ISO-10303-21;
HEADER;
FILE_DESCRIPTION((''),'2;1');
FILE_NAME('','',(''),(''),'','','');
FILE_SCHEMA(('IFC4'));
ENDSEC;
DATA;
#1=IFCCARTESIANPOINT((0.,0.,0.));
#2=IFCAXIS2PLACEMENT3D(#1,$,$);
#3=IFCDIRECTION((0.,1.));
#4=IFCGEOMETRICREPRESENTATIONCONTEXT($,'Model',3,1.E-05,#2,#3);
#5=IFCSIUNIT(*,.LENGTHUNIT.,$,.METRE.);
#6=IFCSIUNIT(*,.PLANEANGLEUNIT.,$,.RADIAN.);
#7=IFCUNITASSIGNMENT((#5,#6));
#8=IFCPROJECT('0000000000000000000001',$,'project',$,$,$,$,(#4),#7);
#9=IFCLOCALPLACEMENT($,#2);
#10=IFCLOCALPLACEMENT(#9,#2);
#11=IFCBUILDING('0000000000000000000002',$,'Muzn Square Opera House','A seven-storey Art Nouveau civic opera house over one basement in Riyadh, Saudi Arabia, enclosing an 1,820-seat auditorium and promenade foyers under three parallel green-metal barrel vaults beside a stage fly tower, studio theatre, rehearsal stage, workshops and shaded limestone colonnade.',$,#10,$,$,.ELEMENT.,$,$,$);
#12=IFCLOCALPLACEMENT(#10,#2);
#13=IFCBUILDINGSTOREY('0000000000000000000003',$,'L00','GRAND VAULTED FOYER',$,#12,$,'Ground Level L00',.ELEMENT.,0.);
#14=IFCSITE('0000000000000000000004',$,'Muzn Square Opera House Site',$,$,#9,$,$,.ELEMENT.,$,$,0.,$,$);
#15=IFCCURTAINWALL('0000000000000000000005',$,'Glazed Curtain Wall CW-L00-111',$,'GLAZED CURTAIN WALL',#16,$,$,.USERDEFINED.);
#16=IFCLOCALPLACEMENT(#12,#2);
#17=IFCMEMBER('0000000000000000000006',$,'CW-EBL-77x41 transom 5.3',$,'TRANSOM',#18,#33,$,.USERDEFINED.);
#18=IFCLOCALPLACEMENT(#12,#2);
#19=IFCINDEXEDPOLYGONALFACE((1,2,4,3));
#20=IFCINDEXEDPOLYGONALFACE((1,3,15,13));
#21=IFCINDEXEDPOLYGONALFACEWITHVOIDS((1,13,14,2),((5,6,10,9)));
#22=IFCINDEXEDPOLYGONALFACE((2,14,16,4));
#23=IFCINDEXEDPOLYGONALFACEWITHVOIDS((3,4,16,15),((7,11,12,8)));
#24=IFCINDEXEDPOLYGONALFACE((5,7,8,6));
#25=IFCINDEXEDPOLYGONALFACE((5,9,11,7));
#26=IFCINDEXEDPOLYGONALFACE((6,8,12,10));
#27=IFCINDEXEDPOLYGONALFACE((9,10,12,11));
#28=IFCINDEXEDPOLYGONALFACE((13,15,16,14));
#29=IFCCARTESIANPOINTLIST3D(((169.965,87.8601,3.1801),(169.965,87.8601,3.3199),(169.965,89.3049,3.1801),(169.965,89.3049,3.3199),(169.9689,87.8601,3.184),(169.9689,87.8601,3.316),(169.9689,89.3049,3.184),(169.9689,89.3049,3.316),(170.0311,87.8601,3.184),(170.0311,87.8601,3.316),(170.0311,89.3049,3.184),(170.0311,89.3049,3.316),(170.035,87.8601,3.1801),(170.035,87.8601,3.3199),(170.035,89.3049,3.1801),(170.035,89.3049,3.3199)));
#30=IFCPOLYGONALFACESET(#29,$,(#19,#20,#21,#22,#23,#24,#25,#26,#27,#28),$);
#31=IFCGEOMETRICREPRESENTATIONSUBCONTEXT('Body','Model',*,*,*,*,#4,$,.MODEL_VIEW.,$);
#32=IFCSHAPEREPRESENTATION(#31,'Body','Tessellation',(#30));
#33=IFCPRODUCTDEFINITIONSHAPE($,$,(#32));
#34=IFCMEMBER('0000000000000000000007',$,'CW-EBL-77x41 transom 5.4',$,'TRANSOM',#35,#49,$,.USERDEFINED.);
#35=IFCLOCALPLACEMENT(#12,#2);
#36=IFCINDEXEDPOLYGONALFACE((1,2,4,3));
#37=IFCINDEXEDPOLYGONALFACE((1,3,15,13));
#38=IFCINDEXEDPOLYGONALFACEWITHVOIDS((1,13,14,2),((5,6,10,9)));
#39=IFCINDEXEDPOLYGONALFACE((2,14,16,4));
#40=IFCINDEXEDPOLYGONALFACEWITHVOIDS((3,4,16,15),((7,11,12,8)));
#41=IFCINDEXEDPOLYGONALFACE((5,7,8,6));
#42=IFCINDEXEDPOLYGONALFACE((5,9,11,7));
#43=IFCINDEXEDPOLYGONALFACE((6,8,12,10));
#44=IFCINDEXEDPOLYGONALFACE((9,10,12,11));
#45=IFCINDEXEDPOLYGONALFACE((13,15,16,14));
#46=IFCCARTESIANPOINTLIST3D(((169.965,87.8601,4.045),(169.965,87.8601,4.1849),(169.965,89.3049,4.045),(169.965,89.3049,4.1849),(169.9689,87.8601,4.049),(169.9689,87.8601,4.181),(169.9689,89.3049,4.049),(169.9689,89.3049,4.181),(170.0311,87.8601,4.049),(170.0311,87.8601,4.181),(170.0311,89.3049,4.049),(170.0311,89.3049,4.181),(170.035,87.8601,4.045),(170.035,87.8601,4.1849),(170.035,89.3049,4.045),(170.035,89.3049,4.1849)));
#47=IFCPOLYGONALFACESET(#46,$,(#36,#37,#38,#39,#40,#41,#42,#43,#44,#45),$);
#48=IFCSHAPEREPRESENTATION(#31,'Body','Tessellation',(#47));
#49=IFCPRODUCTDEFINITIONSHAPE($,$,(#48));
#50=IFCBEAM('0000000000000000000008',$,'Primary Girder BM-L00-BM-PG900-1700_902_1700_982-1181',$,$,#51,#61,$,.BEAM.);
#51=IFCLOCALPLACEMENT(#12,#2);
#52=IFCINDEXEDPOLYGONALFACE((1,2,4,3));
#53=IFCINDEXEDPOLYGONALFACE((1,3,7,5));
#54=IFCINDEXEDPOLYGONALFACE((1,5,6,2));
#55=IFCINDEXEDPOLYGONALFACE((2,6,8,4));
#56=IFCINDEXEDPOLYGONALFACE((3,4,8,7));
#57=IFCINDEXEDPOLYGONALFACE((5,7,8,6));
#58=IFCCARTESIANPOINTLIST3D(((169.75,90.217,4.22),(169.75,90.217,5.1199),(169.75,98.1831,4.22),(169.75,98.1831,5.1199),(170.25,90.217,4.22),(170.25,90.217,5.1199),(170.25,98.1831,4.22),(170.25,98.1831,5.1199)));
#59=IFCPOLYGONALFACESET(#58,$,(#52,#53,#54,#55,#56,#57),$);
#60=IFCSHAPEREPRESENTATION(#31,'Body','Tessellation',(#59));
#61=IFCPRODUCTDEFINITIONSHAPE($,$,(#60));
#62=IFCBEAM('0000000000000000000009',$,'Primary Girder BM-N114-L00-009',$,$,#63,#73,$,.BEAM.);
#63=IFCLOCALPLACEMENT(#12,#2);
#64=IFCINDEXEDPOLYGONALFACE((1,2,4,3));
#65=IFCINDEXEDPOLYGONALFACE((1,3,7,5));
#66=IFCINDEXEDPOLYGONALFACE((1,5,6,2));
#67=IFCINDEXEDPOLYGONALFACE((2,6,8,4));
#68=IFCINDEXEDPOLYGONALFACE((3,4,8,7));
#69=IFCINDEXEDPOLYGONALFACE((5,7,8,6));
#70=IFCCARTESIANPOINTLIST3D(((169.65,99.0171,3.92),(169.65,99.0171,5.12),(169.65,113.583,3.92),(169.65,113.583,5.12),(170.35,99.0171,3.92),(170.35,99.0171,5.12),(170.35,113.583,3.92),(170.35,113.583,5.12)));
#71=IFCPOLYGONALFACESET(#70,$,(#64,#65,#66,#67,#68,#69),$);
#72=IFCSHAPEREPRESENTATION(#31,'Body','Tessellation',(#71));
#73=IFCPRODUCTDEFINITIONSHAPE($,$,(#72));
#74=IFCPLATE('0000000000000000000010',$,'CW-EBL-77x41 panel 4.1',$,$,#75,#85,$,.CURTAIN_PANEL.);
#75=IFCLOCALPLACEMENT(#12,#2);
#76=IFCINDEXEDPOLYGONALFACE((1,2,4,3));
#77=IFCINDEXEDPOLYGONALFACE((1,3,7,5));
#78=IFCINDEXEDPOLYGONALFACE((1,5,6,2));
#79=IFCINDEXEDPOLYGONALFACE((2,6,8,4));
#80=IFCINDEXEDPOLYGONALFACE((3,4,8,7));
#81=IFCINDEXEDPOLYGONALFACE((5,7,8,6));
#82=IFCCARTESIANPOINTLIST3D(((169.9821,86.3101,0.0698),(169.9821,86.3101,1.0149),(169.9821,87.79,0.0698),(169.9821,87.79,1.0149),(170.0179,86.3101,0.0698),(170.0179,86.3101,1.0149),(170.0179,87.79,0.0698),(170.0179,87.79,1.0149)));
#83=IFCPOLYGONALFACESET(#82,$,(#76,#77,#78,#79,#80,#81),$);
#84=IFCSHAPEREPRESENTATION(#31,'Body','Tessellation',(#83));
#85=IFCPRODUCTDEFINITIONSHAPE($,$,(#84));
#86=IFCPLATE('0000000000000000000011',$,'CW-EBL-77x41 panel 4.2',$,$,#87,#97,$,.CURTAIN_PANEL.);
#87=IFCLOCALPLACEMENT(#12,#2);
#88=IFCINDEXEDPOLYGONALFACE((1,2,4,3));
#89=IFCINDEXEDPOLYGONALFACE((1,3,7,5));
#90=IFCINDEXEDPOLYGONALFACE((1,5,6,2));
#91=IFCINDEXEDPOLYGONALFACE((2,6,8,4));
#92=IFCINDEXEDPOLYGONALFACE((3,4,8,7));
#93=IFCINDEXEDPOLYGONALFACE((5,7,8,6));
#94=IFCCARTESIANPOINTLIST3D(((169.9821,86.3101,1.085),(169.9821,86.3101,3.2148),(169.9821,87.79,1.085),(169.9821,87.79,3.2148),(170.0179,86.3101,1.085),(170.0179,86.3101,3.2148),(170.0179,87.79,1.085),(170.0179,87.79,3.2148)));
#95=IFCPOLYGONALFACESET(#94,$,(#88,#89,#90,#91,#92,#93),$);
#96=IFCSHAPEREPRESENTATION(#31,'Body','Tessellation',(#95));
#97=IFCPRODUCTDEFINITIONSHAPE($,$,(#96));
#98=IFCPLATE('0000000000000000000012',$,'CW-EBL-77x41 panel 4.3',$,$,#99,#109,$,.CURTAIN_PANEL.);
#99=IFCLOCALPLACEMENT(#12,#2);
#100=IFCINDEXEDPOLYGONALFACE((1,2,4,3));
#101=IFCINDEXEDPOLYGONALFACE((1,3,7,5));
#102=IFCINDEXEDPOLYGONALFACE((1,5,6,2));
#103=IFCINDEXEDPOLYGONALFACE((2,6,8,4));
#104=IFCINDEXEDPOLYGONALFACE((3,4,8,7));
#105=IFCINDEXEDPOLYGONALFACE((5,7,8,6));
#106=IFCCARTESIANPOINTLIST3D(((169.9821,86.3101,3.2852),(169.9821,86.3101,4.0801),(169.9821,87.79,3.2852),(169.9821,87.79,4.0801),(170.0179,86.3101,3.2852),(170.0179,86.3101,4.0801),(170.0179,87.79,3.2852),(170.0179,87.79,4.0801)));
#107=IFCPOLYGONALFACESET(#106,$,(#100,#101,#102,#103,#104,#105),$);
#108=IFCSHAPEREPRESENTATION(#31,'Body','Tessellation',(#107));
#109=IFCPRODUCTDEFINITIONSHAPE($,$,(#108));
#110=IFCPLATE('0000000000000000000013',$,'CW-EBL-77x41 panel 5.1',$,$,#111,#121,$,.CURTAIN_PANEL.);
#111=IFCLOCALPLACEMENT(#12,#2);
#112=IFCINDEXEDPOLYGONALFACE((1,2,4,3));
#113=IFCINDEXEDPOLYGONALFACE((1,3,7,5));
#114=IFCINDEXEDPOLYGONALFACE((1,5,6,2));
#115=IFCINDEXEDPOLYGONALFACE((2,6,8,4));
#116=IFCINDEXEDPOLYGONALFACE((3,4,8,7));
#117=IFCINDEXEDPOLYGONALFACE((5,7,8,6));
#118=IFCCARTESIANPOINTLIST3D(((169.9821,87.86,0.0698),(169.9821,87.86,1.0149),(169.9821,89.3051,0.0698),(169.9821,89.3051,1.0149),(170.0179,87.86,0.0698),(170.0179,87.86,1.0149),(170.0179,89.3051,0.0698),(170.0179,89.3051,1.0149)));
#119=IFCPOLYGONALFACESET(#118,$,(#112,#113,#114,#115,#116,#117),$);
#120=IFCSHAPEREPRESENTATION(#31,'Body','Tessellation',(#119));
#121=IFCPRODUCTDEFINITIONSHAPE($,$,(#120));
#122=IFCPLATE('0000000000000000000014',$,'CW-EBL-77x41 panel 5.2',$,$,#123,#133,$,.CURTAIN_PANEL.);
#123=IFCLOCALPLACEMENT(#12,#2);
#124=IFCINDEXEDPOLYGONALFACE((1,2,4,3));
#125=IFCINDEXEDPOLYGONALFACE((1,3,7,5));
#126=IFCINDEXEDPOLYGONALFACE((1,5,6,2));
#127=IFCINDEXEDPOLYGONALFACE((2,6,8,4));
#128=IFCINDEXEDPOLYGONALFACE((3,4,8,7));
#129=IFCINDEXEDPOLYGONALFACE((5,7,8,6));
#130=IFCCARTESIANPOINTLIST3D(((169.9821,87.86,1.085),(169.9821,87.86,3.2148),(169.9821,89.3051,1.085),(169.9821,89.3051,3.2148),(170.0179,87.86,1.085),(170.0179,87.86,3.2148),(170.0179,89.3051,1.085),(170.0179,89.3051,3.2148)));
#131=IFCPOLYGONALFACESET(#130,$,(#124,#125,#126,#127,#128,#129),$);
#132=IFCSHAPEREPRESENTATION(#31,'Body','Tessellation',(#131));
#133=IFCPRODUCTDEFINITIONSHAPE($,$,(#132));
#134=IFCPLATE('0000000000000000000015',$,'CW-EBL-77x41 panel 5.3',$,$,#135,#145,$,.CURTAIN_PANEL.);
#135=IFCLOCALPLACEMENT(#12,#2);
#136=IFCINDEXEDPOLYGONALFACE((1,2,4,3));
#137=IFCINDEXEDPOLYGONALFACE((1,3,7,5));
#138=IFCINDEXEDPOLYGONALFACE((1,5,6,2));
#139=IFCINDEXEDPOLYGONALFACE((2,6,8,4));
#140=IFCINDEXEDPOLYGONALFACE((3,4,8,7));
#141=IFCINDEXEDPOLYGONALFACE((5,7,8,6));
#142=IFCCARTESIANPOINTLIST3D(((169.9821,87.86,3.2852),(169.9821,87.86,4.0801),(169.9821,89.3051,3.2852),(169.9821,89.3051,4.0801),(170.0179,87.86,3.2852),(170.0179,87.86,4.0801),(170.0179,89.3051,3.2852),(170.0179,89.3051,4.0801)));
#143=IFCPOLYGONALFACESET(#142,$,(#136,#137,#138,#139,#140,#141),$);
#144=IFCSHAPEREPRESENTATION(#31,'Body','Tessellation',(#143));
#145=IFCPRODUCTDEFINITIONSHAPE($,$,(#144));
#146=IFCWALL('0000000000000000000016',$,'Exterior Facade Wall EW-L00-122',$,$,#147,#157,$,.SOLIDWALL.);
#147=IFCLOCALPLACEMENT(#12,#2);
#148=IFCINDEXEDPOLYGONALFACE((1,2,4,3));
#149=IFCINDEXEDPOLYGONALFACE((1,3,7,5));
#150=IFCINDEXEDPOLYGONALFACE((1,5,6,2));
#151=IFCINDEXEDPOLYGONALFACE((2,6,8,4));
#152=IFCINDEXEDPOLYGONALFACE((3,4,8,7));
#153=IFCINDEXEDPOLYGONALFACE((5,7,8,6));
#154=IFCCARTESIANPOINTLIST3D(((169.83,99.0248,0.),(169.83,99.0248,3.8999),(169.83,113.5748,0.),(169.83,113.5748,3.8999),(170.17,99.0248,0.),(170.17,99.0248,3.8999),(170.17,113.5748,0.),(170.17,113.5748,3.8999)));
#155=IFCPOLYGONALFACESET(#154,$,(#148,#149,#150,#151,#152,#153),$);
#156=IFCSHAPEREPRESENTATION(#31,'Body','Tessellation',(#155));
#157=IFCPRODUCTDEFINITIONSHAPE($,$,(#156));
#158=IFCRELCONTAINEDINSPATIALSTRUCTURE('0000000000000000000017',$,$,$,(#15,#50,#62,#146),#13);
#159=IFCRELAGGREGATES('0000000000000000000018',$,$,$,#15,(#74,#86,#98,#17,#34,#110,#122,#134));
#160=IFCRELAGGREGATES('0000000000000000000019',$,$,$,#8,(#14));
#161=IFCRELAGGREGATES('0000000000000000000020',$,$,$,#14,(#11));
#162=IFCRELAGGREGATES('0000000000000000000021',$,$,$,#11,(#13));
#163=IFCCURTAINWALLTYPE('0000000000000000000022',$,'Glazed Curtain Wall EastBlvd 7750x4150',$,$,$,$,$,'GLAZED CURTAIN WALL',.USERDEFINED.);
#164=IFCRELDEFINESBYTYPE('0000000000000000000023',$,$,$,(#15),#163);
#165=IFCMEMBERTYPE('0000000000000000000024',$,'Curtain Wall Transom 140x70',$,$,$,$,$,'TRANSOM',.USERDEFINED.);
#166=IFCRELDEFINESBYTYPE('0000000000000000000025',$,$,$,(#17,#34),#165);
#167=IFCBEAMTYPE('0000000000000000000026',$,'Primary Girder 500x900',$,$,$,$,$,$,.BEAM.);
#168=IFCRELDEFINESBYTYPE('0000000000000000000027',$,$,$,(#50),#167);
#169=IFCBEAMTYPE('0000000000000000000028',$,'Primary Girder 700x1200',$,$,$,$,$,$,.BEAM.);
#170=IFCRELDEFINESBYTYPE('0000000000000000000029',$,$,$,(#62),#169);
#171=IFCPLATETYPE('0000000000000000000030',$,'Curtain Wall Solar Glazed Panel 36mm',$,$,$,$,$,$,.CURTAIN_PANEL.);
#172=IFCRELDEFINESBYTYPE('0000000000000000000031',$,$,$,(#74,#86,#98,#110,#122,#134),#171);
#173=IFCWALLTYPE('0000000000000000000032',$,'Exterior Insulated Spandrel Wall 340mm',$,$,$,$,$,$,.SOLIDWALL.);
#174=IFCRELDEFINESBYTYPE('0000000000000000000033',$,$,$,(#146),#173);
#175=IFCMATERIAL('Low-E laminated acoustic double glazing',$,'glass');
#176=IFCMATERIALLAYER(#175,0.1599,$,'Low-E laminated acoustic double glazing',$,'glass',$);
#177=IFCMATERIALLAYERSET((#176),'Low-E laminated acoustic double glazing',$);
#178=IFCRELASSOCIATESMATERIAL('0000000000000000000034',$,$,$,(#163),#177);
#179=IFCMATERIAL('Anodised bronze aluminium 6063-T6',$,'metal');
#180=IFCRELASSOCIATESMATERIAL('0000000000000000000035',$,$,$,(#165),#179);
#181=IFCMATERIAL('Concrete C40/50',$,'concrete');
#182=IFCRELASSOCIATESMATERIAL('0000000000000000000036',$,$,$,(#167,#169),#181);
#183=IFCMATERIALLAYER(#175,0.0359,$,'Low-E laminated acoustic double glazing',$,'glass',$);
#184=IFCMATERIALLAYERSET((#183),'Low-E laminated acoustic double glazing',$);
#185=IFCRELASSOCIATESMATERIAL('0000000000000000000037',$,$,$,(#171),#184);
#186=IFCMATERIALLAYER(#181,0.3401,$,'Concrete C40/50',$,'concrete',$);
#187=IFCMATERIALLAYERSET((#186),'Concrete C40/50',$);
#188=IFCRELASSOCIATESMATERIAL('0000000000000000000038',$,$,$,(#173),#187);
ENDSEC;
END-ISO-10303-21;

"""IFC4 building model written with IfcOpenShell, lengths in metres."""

from ifc_helpers import new_model, si_unit, direction, frame, frame_2d, origin, origin_2d, place, context, subcontext, project, spatial, rectangle, hollow_rectangle, extrude, material, layer, layer_set, material_profile, profile_set, type_object, element, aggregate, save


model = new_model("IFC4")

# Units and contexts
model_context = context("Model", 3, precision=1e-05, world=origin(), true_north=direction((0.0, 1.0)))
body_context = subcontext(model_context, "Body", "Model", "MODEL_VIEW")
ifc_project = project(units=[si_unit("LENGTHUNIT", "METRE"), si_unit("PLANEANGLEUNIT", "RADIAN")], contexts=[model_context])

# Site, building, storey
site_placement = place(None, origin())
site = spatial("IfcSite", under=ifc_project, at=site_placement, Name="Muzn Square Opera House Site", CompositionType="ELEMENT", RefElevation=0.0)
building_placement = place(site_placement, origin())
building = spatial("IfcBuilding", under=site, at=building_placement, Name="Muzn Square Opera House", Description="A seven-storey Art Nouveau civic opera house over one basement in Riyadh, Saudi Arabia, enclosing an 1,820-seat auditorium and promenade foyers under three parallel green-metal barrel vaults beside a stage fly tower, studio theatre, rehearsal stage, workshops and shaded limestone colonnade.", CompositionType="ELEMENT")
storey_placement = place(building_placement, origin())
storey = spatial("IfcBuildingStorey", under=building, at=storey_placement, Name="L00", Description="GRAND VAULTED FOYER", LongName="Ground Level L00", CompositionType="ELEMENT", Elevation=0.0)

# Curtain wall, members
ifc_material_1 = material(Name="Low-E laminated acoustic double glazing", Category="glass")
ifc_layer_1 = layer(ifc_material_1, 0.1599, Name="Low-E laminated acoustic double glazing", Category="glass")
ifc_layer_set_1 = layer_set([ifc_layer_1], Name="Low-E laminated acoustic double glazing")
curtain_wall_type = type_object("IfcCurtainWallType", Name="Glazed Curtain Wall EastBlvd 7750x4150", ElementType="GLAZED CURTAIN WALL", PredefinedType="USERDEFINED", material=ifc_layer_set_1)
curtain_wall_placement = place(storey_placement, origin())
curtain_wall = element("IfcCurtainWall", 1, at=curtain_wall_placement, inside=storey, type_object=curtain_wall_type, Name="Glazed Curtain Wall CW-L00-111", ObjectType="GLAZED CURTAIN WALL", PredefinedType="USERDEFINED")
ifc_material_2 = material(Name="Anodised bronze aluminium 6063-T6", Category="metal")
ifc_material_profile_1 = material_profile(ifc_material_2, hollow_rectangle(XDim=0.0701, YDim=0.1399, WallThickness=0.0039, at=origin_2d()), Name="ALU 140x70x4", Category="metal")
ifc_profile_set_1 = profile_set([ifc_material_profile_1], Name="Anodised bronze aluminium 6063-T6")
member_type_1 = type_object("IfcMemberType", Name="Curtain Wall Transom 140x70", ElementType="TRANSOM", PredefinedType="USERDEFINED", material=ifc_profile_set_1)
member_1_placement = place(storey_placement, frame((170.0, 87.8601, 3.25), z_axis=(0.0, 1.0, 0.0), x_axis=(-1.0, 0.0, 0.0)))
member_1 = element("IfcMember", 2, at=member_1_placement, type_object=member_type_1, Name="CW-EBL-77x41 transom 5.3", ObjectType="TRANSOM", PredefinedType="USERDEFINED", context=body_context, shape_type="SweptSolid", body=[
    extrude(hollow_rectangle(XDim=0.0701, YDim=0.1399, WallThickness=0.0039, at=origin_2d()), origin(), (0.0, 0.0, 1.0), 1.4448),
])
member_2_placement = place(storey_placement, frame((170.0, 87.8601, 4.115), z_axis=(0.0, 1.0, 0.0), x_axis=(-1.0, 0.0, 0.0)))
member_2 = element("IfcMember", 3, at=member_2_placement, type_object=member_type_1, Name="CW-EBL-77x41 transom 5.4", ObjectType="TRANSOM", PredefinedType="USERDEFINED", context=body_context, shape_type="SweptSolid", body=[
    extrude(hollow_rectangle(XDim=0.0701, YDim=0.1399, WallThickness=0.0039, at=origin_2d()), origin(), (0.0, 0.0, 1.0), 1.4448),
])

# Beams
ifc_material_3 = material(Name="Concrete C40/50", Category="concrete")
ifc_material_profile_2 = material_profile(ifc_material_3, rectangle(XDim=0.5, YDim=0.8999, at=origin_2d()), Name="RCB 500x900", Category="concrete")
ifc_profile_set_2 = profile_set([ifc_material_profile_2], Name="Concrete C40/50")
beam_type_1 = type_object("IfcBeamType", Name="Primary Girder 500x900", PredefinedType="BEAM", material=ifc_profile_set_2)
beam_1_placement = place(storey_placement, frame((170.0, 90.217, 4.6699), z_axis=(0.0, 1.0, 0.0), x_axis=(-1.0, 0.0, 0.0)))
element("IfcBeam", 4, at=beam_1_placement, inside=storey, type_object=beam_type_1, Name="Primary Girder BM-L00-BM-PG900-1700_902_1700_982-1181", PredefinedType="BEAM", context=body_context, shape_type="SweptSolid", body=[
    extrude(rectangle(XDim=0.5, YDim=0.8999, at=origin_2d()), origin(), (0.0, 0.0, 1.0), 7.9661),
])
ifc_material_profile_3 = material_profile(ifc_material_3, rectangle(XDim=0.7, YDim=1.2, at=origin_2d()), Name="RCB 700x1200", Category="concrete")
ifc_profile_set_3 = profile_set([ifc_material_profile_3], Name="Concrete C40/50")
beam_type_2 = type_object("IfcBeamType", Name="Primary Girder 700x1200", PredefinedType="BEAM", material=ifc_profile_set_3)
beam_2_placement = place(storey_placement, frame((170.0, 99.0171, 4.52), z_axis=(0.0, 1.0, 0.0), x_axis=(-1.0, 0.0, 0.0)))
element("IfcBeam", 5, at=beam_2_placement, inside=storey, type_object=beam_type_2, Name="Primary Girder BM-N114-L00-009", PredefinedType="BEAM", context=body_context, shape_type="SweptSolid", body=[
    extrude(rectangle(XDim=0.7, YDim=1.2, at=origin_2d()), origin(), (0.0, 0.0, 1.0), 14.5659),
])

# Plates
ifc_layer_2 = layer(ifc_material_1, 0.0359, Name="Low-E laminated acoustic double glazing", Category="glass")
ifc_layer_set_2 = layer_set([ifc_layer_2], Name="Low-E laminated acoustic double glazing")
plate_type = type_object("IfcPlateType", Name="Curtain Wall Solar Glazed Panel 36mm", PredefinedType="CURTAIN_PANEL", material=ifc_layer_set_2)
plate_1_placement = place(storey_placement, frame((170.0, 87.05, 0.0698), z_axis=(0.0, 0.0, 1.0), x_axis=(0.0, 1.0, 0.0)))
plate_1 = element("IfcPlate", 6, at=plate_1_placement, type_object=plate_type, Name="CW-EBL-77x41 panel 4.1", PredefinedType="CURTAIN_PANEL", context=body_context, shape_type="SweptSolid", body=[
    extrude(rectangle(XDim=1.48, YDim=0.0359, at=origin_2d()), origin(), (0.0, 0.0, 1.0), 0.9451),
])
plate_2_placement = place(storey_placement, frame((170.0, 87.05, 1.085), z_axis=(0.0, 0.0, 1.0), x_axis=(0.0, 1.0, 0.0)))
plate_2 = element("IfcPlate", 7, at=plate_2_placement, type_object=plate_type, Name="CW-EBL-77x41 panel 4.2", PredefinedType="CURTAIN_PANEL", context=body_context, shape_type="SweptSolid", body=[
    extrude(rectangle(XDim=1.48, YDim=0.0359, at=origin_2d()), origin(), (0.0, 0.0, 1.0), 2.1299),
])
plate_3_placement = place(storey_placement, frame((170.0, 87.05, 3.2852), z_axis=(0.0, 0.0, 1.0), x_axis=(0.0, 1.0, 0.0)))
plate_3 = element("IfcPlate", 8, at=plate_3_placement, type_object=plate_type, Name="CW-EBL-77x41 panel 4.3", PredefinedType="CURTAIN_PANEL", context=body_context, shape_type="SweptSolid", body=[
    extrude(rectangle(XDim=1.48, YDim=0.0359, at=origin_2d()), origin(), (0.0, 0.0, 1.0), 0.7949),
])
plate_4_placement = place(storey_placement, frame((170.0, 88.5825, 0.0698), z_axis=(0.0, 0.0, 1.0), x_axis=(0.0, 1.0, 0.0)))
plate_4 = element("IfcPlate", 9, at=plate_4_placement, type_object=plate_type, Name="CW-EBL-77x41 panel 5.1", PredefinedType="CURTAIN_PANEL", context=body_context, shape_type="SweptSolid", body=[
    extrude(rectangle(XDim=1.4451, YDim=0.0359, at=origin_2d()), origin(), (0.0, 0.0, 1.0), 0.9451),
])
plate_5_placement = place(storey_placement, frame((170.0, 88.5825, 1.085), z_axis=(0.0, 0.0, 1.0), x_axis=(0.0, 1.0, 0.0)))
plate_5 = element("IfcPlate", 10, at=plate_5_placement, type_object=plate_type, Name="CW-EBL-77x41 panel 5.2", PredefinedType="CURTAIN_PANEL", context=body_context, shape_type="SweptSolid", body=[
    extrude(rectangle(XDim=1.4451, YDim=0.0359, at=origin_2d()), origin(), (0.0, 0.0, 1.0), 2.1299),
])
plate_6_placement = place(storey_placement, frame((170.0, 88.5825, 3.2852), z_axis=(0.0, 0.0, 1.0), x_axis=(0.0, 1.0, 0.0)))
plate_6 = element("IfcPlate", 11, at=plate_6_placement, type_object=plate_type, Name="CW-EBL-77x41 panel 5.3", PredefinedType="CURTAIN_PANEL", context=body_context, shape_type="SweptSolid", body=[
    extrude(rectangle(XDim=1.4451, YDim=0.0359, at=origin_2d()), origin(), (0.0, 0.0, 1.0), 0.7949),
])
aggregate(curtain_wall, [plate_1, plate_2, plate_3, member_1, member_2, plate_4, plate_5, plate_6])

# Wall
ifc_layer_3 = layer(ifc_material_3, 0.3401, Name="Concrete C40/50", Category="concrete")
ifc_layer_set_3 = layer_set([ifc_layer_3], Name="Concrete C40/50")
wall_type_1 = type_object("IfcWallType", Name="Exterior Insulated Spandrel Wall 340mm", PredefinedType="SOLIDWALL", material=ifc_layer_set_3)
wall_1_placement = place(storey_placement, frame((170.0, 99.0249, 0.0), z_axis=(0.0, 0.0, 1.0), x_axis=(0.0, 1.0, 0.0)))
element("IfcWall", 12, at=wall_1_placement, inside=storey, type_object=wall_type_1, Name="Exterior Facade Wall EW-L00-122", PredefinedType="SOLIDWALL", context=body_context, shape_type="SweptSolid", body=[
    extrude(rectangle(XDim=14.55, YDim=0.3401, at=frame_2d((7.2749, 0.0))), origin(), (0.0, 0.0, 1.0), 3.8999),
])

save(model, "model.ifc")
